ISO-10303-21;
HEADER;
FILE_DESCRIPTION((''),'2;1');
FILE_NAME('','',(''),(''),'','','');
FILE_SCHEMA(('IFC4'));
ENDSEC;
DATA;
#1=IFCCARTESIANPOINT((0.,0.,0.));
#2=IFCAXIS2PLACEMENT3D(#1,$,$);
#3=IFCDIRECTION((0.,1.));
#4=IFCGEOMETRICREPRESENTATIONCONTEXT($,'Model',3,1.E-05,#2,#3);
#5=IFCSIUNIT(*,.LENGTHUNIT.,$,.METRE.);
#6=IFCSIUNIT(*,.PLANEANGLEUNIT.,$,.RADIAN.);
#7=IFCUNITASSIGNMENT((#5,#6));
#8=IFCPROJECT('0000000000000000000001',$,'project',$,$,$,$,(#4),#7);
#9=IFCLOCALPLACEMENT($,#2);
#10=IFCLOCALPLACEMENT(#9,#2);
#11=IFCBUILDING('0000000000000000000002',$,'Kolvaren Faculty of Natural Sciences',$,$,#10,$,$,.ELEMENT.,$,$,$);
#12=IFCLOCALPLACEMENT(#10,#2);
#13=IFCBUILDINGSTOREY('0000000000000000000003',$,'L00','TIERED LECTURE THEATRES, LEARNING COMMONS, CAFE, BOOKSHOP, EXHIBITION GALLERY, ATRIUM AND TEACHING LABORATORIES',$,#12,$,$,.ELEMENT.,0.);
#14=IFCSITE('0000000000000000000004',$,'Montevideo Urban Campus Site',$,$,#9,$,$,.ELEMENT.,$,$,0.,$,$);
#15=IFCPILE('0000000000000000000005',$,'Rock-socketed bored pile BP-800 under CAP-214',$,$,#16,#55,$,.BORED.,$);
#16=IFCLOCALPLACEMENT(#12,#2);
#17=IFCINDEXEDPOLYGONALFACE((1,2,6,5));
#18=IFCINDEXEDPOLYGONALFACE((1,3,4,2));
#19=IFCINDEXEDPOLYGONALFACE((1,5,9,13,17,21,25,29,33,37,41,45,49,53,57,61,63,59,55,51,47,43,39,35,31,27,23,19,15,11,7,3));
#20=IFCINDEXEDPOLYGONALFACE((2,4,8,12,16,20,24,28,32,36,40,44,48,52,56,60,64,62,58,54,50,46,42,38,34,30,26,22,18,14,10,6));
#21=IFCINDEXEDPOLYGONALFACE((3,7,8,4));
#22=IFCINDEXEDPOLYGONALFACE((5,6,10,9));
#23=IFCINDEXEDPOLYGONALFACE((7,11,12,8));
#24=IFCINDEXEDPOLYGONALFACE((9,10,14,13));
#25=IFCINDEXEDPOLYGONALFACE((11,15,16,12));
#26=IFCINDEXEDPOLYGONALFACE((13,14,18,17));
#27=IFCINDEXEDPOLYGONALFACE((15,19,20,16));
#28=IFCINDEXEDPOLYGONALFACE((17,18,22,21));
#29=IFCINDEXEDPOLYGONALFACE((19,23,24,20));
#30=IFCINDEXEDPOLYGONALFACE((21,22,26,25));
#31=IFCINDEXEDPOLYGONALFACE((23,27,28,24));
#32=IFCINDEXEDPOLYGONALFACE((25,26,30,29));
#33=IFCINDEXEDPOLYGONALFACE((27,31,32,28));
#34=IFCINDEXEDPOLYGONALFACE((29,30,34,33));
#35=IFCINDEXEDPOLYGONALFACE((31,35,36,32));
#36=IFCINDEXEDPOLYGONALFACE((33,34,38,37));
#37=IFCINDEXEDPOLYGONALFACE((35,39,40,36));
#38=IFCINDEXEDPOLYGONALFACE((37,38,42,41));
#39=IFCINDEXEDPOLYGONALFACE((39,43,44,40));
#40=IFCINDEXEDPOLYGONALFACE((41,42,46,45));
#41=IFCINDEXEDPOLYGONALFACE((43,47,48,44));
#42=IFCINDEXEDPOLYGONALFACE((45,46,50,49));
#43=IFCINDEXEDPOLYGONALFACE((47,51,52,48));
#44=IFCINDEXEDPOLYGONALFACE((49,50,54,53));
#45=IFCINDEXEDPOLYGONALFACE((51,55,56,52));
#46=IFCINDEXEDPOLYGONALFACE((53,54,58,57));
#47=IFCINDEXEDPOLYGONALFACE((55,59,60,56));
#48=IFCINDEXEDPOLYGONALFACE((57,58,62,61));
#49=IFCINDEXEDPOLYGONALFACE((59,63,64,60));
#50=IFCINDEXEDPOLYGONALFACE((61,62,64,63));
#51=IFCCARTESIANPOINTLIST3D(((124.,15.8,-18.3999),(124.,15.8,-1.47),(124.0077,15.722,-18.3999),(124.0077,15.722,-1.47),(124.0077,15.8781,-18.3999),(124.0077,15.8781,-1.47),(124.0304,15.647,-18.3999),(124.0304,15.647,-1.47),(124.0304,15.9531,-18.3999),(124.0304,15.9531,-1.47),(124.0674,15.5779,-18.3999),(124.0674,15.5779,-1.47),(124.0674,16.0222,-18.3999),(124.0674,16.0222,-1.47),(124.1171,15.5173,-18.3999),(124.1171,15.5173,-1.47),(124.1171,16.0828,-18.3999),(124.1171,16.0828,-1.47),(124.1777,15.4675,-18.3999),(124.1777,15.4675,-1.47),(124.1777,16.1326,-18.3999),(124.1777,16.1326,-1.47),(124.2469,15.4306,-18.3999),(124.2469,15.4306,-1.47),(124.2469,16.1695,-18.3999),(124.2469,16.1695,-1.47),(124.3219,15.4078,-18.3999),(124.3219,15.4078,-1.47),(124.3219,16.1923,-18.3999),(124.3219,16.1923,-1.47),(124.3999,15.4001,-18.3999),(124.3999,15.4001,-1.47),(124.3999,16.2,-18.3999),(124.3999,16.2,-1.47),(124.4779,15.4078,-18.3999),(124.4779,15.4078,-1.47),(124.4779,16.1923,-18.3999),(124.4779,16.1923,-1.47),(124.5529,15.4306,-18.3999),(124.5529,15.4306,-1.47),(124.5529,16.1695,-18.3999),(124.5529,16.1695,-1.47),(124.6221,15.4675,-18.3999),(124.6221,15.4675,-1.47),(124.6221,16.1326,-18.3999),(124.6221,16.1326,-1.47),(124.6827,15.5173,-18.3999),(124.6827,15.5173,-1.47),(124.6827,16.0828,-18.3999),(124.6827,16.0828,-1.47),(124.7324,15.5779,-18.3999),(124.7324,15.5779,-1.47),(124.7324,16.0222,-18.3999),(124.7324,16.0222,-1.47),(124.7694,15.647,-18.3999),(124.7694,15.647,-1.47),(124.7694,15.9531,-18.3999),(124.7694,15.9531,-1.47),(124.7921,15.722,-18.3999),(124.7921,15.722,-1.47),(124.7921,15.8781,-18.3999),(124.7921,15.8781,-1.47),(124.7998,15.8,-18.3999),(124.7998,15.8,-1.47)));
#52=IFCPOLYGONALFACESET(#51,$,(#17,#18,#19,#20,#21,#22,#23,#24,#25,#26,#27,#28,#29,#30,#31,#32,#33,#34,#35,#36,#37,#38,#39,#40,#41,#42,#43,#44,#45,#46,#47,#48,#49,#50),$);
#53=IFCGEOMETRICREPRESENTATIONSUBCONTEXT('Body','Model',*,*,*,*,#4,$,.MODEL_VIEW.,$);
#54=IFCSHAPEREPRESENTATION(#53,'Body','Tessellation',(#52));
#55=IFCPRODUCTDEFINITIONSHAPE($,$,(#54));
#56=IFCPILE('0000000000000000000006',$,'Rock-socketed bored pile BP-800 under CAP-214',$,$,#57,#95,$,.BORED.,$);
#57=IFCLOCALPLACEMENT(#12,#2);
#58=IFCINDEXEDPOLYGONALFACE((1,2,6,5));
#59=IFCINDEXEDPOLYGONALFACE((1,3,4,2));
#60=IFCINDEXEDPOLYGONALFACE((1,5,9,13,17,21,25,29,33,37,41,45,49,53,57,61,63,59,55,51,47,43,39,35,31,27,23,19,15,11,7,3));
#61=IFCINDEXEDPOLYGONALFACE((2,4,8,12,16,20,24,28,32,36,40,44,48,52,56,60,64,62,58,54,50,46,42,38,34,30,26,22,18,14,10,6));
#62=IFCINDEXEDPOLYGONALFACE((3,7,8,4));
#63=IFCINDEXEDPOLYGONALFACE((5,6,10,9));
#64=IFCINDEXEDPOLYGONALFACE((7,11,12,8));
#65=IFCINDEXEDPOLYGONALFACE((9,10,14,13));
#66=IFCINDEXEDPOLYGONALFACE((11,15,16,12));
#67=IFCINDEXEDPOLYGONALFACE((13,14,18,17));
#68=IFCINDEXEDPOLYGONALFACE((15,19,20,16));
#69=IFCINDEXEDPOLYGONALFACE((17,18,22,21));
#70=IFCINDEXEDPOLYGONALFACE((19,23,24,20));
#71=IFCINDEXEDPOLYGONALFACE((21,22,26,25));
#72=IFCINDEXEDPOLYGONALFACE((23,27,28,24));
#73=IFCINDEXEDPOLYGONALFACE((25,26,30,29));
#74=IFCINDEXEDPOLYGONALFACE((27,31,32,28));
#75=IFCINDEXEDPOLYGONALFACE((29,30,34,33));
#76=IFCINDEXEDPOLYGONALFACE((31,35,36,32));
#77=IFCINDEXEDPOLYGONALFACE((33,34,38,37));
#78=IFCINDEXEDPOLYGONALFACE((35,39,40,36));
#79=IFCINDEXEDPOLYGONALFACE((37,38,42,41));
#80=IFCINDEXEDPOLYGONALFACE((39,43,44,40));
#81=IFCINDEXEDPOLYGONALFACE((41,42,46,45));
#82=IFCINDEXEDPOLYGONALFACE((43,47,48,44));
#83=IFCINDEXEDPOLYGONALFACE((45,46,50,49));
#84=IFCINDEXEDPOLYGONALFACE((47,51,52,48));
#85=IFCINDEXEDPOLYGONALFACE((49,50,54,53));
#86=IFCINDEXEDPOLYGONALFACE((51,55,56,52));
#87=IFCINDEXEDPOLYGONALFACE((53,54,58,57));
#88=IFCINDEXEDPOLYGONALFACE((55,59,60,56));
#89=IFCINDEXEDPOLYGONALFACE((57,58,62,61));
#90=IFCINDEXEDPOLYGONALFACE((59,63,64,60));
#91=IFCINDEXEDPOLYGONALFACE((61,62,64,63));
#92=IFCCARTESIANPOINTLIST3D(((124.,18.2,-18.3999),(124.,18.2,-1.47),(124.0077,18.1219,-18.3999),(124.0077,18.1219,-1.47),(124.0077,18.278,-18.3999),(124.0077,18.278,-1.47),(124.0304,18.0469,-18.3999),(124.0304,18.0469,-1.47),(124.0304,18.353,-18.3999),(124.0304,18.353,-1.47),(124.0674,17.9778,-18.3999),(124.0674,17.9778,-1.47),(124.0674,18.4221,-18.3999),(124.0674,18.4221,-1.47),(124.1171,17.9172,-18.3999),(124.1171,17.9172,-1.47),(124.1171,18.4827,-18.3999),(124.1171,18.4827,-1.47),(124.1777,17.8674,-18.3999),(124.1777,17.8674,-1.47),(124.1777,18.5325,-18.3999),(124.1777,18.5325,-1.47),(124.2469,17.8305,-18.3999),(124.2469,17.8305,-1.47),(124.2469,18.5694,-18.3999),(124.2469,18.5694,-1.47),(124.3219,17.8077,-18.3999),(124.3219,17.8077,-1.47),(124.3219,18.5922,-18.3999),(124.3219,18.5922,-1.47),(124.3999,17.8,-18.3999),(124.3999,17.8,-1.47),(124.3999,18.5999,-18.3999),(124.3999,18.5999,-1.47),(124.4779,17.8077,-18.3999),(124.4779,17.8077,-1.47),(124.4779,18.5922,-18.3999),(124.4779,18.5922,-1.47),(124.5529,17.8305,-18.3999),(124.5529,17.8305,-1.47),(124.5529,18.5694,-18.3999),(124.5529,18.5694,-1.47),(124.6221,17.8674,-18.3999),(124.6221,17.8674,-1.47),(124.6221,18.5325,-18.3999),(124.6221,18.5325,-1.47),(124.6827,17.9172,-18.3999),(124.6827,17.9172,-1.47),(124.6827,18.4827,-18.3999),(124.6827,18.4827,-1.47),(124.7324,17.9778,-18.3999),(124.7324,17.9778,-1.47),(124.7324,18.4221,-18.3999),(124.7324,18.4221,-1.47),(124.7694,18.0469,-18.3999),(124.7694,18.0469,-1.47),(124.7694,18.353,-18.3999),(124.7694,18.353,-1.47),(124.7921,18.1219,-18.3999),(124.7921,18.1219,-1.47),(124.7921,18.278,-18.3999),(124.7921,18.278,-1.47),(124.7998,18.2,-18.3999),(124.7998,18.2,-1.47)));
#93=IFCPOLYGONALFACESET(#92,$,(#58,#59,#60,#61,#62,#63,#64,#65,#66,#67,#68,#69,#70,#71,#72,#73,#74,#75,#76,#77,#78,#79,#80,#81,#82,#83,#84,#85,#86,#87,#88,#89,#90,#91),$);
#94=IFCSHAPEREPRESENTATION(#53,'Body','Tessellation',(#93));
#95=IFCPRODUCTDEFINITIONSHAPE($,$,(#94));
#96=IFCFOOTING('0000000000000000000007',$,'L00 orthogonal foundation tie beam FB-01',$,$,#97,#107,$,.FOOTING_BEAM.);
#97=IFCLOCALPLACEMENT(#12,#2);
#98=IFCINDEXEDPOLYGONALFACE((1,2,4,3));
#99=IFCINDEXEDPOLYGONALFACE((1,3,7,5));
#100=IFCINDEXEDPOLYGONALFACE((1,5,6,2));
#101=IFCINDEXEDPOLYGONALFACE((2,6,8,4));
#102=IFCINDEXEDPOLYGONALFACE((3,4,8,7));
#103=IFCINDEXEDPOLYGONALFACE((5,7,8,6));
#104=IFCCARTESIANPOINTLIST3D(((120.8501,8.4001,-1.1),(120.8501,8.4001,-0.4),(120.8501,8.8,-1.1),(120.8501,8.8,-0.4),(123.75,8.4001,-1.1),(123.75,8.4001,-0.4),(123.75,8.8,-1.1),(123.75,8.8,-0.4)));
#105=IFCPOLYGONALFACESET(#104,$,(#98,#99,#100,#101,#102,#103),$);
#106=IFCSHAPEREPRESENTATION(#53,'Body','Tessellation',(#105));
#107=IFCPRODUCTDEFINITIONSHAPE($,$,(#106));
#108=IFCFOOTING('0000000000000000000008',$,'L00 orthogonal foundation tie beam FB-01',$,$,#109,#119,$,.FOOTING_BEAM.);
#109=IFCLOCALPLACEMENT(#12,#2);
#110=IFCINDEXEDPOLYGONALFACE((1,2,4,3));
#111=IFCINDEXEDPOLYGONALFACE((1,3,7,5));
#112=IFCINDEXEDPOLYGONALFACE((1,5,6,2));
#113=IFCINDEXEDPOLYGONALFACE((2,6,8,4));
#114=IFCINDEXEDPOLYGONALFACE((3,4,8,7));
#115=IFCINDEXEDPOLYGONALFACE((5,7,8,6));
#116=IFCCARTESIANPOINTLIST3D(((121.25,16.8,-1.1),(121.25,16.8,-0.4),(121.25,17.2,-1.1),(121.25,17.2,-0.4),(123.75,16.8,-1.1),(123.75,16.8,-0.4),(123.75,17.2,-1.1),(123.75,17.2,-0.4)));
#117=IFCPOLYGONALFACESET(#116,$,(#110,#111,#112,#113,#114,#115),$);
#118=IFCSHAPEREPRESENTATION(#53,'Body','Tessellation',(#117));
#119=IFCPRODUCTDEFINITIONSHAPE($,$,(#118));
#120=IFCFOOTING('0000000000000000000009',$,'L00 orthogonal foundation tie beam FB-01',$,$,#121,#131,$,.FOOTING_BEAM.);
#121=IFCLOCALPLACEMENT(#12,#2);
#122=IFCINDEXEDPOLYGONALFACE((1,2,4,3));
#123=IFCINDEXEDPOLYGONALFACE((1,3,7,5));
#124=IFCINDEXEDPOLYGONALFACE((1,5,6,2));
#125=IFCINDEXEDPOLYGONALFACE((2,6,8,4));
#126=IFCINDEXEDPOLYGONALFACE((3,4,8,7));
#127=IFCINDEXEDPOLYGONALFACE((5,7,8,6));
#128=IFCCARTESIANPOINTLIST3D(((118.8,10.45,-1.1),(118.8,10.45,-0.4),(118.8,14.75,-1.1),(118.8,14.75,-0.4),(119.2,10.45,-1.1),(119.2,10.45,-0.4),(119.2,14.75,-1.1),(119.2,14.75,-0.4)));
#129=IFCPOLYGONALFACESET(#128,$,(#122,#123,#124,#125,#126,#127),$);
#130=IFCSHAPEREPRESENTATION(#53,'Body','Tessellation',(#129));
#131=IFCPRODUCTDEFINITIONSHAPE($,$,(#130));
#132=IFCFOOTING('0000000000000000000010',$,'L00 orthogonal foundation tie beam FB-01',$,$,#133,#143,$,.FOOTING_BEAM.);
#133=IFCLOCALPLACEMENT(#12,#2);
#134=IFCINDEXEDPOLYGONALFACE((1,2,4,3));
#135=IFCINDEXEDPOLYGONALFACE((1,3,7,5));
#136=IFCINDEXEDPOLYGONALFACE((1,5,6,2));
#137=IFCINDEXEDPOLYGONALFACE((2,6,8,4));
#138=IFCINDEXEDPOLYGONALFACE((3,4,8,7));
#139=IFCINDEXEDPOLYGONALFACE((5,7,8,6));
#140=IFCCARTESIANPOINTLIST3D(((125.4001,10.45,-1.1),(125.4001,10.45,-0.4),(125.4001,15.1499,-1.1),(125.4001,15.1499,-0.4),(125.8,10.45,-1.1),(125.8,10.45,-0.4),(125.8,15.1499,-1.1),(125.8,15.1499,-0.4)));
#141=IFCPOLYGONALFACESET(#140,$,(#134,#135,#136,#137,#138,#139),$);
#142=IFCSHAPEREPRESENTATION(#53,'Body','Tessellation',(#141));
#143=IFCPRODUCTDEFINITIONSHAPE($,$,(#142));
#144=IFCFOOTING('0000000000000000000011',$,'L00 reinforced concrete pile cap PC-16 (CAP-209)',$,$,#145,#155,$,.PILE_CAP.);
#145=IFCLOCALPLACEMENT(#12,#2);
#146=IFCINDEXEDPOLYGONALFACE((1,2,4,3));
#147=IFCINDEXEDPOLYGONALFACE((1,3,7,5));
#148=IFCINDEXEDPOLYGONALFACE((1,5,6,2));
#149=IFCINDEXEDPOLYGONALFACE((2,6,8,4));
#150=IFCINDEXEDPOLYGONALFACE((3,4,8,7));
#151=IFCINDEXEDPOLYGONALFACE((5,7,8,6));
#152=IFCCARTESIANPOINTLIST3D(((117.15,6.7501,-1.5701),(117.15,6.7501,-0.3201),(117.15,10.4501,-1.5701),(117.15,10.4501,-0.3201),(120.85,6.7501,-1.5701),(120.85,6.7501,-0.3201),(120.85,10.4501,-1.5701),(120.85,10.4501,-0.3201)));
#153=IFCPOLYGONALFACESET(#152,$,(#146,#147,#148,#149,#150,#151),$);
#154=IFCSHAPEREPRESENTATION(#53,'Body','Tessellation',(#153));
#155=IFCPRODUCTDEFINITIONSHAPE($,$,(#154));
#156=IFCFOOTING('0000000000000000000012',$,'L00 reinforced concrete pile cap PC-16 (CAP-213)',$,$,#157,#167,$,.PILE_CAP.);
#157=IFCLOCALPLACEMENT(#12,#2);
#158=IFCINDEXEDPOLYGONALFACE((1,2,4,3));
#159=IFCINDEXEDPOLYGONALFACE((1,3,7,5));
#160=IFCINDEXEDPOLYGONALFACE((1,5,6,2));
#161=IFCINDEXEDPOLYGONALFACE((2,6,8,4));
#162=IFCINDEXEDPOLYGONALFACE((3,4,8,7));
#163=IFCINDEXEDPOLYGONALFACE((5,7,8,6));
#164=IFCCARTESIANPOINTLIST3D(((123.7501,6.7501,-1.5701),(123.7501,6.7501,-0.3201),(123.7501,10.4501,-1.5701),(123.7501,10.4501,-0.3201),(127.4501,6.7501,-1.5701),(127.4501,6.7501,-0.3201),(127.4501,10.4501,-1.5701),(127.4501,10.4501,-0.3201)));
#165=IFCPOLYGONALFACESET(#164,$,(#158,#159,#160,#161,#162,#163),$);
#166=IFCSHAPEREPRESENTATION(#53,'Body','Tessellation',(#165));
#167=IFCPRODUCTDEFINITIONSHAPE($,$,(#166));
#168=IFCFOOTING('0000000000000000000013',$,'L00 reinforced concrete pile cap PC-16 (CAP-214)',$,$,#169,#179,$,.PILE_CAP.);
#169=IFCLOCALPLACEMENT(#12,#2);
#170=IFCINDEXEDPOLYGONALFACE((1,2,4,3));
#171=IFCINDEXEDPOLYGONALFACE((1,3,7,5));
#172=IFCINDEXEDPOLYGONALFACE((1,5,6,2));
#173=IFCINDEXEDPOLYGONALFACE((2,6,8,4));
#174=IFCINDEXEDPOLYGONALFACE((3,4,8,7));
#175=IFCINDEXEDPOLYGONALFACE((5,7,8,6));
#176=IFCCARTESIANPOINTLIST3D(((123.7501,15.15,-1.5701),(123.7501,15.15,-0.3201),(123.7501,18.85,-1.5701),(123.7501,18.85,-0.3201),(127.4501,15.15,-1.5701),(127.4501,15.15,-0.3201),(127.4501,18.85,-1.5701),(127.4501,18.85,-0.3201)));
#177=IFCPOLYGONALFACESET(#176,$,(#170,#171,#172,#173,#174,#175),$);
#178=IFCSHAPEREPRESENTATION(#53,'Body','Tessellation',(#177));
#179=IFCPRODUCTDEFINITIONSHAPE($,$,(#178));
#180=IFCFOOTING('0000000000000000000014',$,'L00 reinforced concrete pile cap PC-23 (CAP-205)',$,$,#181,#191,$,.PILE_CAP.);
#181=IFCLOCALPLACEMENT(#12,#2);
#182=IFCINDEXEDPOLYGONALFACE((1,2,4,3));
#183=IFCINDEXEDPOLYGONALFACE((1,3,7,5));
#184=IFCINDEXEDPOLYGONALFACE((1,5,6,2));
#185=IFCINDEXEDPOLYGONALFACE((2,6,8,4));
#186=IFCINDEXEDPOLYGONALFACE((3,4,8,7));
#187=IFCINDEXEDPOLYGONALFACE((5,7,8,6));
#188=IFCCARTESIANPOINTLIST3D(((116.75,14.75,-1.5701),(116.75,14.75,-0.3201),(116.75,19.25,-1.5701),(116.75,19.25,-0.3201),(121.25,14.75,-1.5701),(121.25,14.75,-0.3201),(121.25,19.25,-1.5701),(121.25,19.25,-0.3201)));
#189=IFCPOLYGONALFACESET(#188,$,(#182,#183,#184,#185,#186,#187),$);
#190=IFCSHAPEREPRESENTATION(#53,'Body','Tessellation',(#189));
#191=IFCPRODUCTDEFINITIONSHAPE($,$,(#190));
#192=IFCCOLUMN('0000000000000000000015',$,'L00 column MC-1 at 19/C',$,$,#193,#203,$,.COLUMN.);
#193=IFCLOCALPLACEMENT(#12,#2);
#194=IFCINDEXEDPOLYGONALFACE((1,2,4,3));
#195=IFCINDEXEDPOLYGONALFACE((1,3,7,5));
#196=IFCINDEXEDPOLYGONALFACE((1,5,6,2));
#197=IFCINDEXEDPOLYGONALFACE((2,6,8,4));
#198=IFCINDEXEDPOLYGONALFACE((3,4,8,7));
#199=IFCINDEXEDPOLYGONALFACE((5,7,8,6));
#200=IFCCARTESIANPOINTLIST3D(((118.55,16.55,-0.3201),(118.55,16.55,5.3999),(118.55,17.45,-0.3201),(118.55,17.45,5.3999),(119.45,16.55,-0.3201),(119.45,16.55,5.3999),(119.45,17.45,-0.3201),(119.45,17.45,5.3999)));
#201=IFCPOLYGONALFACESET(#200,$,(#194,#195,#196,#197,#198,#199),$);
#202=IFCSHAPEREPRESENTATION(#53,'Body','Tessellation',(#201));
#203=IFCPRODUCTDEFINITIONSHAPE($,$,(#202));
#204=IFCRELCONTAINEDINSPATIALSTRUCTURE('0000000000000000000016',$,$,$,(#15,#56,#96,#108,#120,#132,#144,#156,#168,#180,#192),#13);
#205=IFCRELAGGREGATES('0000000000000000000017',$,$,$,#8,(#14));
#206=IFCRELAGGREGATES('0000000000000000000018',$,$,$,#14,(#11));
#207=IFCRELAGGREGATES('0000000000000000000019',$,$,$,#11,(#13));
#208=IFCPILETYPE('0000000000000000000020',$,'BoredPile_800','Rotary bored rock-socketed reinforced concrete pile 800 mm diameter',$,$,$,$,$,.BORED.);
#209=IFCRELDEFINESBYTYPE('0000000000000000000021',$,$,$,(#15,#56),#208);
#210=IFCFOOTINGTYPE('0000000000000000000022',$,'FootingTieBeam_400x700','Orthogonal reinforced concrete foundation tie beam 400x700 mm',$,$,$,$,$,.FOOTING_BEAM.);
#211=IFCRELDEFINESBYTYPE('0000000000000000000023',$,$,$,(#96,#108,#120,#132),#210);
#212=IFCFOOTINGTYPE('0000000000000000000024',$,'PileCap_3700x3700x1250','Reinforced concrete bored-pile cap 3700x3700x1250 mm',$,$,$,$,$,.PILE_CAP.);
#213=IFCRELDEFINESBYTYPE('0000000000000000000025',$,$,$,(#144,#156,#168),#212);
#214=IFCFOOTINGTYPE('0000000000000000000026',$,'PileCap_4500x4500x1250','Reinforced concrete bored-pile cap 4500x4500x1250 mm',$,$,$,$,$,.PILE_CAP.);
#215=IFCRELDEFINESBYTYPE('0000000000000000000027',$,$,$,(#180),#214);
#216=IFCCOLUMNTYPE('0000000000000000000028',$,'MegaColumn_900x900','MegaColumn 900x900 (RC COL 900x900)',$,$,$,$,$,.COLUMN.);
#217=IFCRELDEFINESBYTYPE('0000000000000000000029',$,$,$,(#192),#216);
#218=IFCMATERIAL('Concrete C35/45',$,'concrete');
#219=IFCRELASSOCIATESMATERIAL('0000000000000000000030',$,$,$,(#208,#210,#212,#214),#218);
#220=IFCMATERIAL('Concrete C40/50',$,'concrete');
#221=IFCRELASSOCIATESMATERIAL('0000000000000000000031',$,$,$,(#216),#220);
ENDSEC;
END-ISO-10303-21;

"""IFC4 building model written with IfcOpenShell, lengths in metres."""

from ifc_helpers import new_model, si_unit, direction, frame, origin, origin_2d, place, context, subcontext, project, spatial, rectangle, circle, extrude, material, material_profile, profile_set, type_object, element, save


model = new_model("IFC4")

# Units and contexts
model_context = context("Model", 3, precision=1e-05, world=origin(), true_north=direction((0.0, 1.0)))
body_context = subcontext(model_context, "Body", "Model", "MODEL_VIEW")
ifc_project = project(units=[si_unit("LENGTHUNIT", "METRE"), si_unit("PLANEANGLEUNIT", "RADIAN")], contexts=[model_context])

# Site, building, storey
site_placement = place(None, origin())
site = spatial("IfcSite", under=ifc_project, at=site_placement, Name="Montevideo Urban Campus Site", CompositionType="ELEMENT", RefElevation=0.0)
building_placement = place(site_placement, origin())
building = spatial("IfcBuilding", under=site, at=building_placement, Name="Kolvaren Faculty of Natural Sciences", CompositionType="ELEMENT")
storey_placement = place(building_placement, origin())
storey = spatial("IfcBuildingStorey", under=building, at=storey_placement, Name="L00", Description="TIERED LECTURE THEATRES, LEARNING COMMONS, CAFE, BOOKSHOP, EXHIBITION GALLERY, ATRIUM AND TEACHING LABORATORIES", CompositionType="ELEMENT", Elevation=0.0)

# Piles
ifc_material_1 = material(Name="Concrete C35/45", Category="concrete")
ifc_material_profile_1 = material_profile(ifc_material_1, circle(Radius=0.3999, at=origin_2d()), Name="PILE D800")
ifc_profile_set_1 = profile_set([ifc_material_profile_1], Name="Concrete C35/45")
pile_type_1 = type_object("IfcPileType", Name="BoredPile_800", Description="Rotary bored rock-socketed reinforced concrete pile 800 mm diameter", PredefinedType="BORED", material=ifc_profile_set_1)
for number, where, z_axis, x_axis, name in (
    (1, (124.3999, 15.8, -1.47), (0.0, 0.0, -1.0), (1.0, 0.0, 0.0), "Rock-socketed bored pile BP-800 under CAP-214"),
    (2, (124.3999, 18.2, -1.47), (0.0, 0.0, -1.0), (1.0, 0.0, 0.0), "Rock-socketed bored pile BP-800 under CAP-214"),
):
    element("IfcPile", number, at=place(storey_placement, frame(where, z_axis=z_axis, x_axis=x_axis)), inside=storey, type_object=pile_type_1, Name=name, PredefinedType="BORED", context=body_context, shape_type="SweptSolid", body=[
        extrude(circle(Radius=0.3999, at=origin_2d()), origin(), (0.0, 0.0, 1.0), 16.9299),
    ])

# Footings
ifc_material_profile_2 = material_profile(ifc_material_1, rectangle(XDim=0.3999, YDim=0.7, at=origin_2d()), Name="RC FB 400x700")
ifc_profile_set_2 = profile_set([ifc_material_profile_2], Name="Concrete C35/45")
footing_type_1 = type_object("IfcFootingType", Name="FootingTieBeam_400x700", Description="Orthogonal reinforced concrete foundation tie beam 400x700 mm", PredefinedType="FOOTING_BEAM", material=ifc_profile_set_2)
footing_1_placement = place(storey_placement, frame((120.8501, 8.6001, -0.75), z_axis=(1.0, 0.0, 0.0), x_axis=(0.0, 1.0, 0.0)))
element("IfcFooting", 3, at=footing_1_placement, inside=storey, type_object=footing_type_1, Name="L00 orthogonal foundation tie beam FB-01", PredefinedType="FOOTING_BEAM", context=body_context, shape_type="SweptSolid", body=[
    extrude(rectangle(XDim=0.3999, YDim=0.7, at=origin_2d()), origin(), (0.0, 0.0, 1.0), 2.8999),
])
footing_2_placement = place(storey_placement, frame((121.25, 17.0, -0.75), z_axis=(1.0, 0.0, 0.0), x_axis=(0.0, 1.0, 0.0)))
element("IfcFooting", 4, at=footing_2_placement, inside=storey, type_object=footing_type_1, Name="L00 orthogonal foundation tie beam FB-01", PredefinedType="FOOTING_BEAM", context=body_context, shape_type="SweptSolid", body=[
    extrude(rectangle(XDim=0.3999, YDim=0.7, at=origin_2d()), origin(), (0.0, 0.0, 1.0), 2.5),
])
footing_3_placement = place(storey_placement, frame((119.0, 10.45, -0.75), z_axis=(0.0, 1.0, 0.0), x_axis=(-1.0, 0.0, 0.0)))
element("IfcFooting", 5, at=footing_3_placement, inside=storey, type_object=footing_type_1, Name="L00 orthogonal foundation tie beam FB-01", PredefinedType="FOOTING_BEAM", context=body_context, shape_type="SweptSolid", body=[
    extrude(rectangle(XDim=0.3999, YDim=0.7, at=origin_2d()), origin(), (0.0, 0.0, 1.0), 4.3),
])
footing_4_placement = place(storey_placement, frame((125.6001, 10.45, -0.75), z_axis=(0.0, 1.0, 0.0), x_axis=(-1.0, 0.0, 0.0)))
element("IfcFooting", 6, at=footing_4_placement, inside=storey, type_object=footing_type_1, Name="L00 orthogonal foundation tie beam FB-01", PredefinedType="FOOTING_BEAM", context=body_context, shape_type="SweptSolid", body=[
    extrude(rectangle(XDim=0.3999, YDim=0.7, at=origin_2d()), origin(), (0.0, 0.0, 1.0), 4.7),
])
footing_type_2 = type_object("IfcFootingType", Name="PileCap_3700x3700x1250", Description="Reinforced concrete bored-pile cap 3700x3700x1250 mm", PredefinedType="PILE_CAP", material=ifc_material_1)
for number, where, z_axis, x_axis, name in (
    (7, (119.0, 8.6001, -1.5701), (0.0, 0.0, 1.0), (1.0, 0.0, 0.0), "L00 reinforced concrete pile cap PC-16 (CAP-209)"),
    (8, (125.6001, 8.6001, -1.5701), (0.0, 0.0, 1.0), (1.0, 0.0, 0.0), "L00 reinforced concrete pile cap PC-16 (CAP-213)"),
    (9, (125.6001, 17.0, -1.5701), (0.0, 0.0, 1.0), (1.0, 0.0, 0.0), "L00 reinforced concrete pile cap PC-16 (CAP-214)"),
):
    element("IfcFooting", number, at=place(storey_placement, frame(where, z_axis=z_axis, x_axis=x_axis)), inside=storey, type_object=footing_type_2, Name=name, PredefinedType="PILE_CAP", context=body_context, shape_type="SweptSolid", body=[
        extrude(rectangle(XDim=3.7, YDim=3.7, at=origin_2d()), origin(), (0.0, 0.0, 1.0), 1.25),
    ])
footing_type_3 = type_object("IfcFootingType", Name="PileCap_4500x4500x1250", Description="Reinforced concrete bored-pile cap 4500x4500x1250 mm", PredefinedType="PILE_CAP", material=ifc_material_1)
footing_5_placement = place(storey_placement, frame((119.0, 17.0, -1.5701), z_axis=(0.0, 0.0, 1.0), x_axis=(1.0, 0.0, 0.0)))
element("IfcFooting", 10, at=footing_5_placement, inside=storey, type_object=footing_type_3, Name="L00 reinforced concrete pile cap PC-23 (CAP-205)", PredefinedType="PILE_CAP", context=body_context, shape_type="SweptSolid", body=[
    extrude(rectangle(XDim=4.5, YDim=4.5, at=origin_2d()), origin(), (0.0, 0.0, 1.0), 1.25),
])

# Column
ifc_material_2 = material(Name="Concrete C40/50", Category="concrete")
ifc_material_profile_3 = material_profile(ifc_material_2, rectangle(XDim=0.8999, YDim=0.8999, at=origin_2d()), Name="RC COL 900x900")
ifc_profile_set_3 = profile_set([ifc_material_profile_3], Name="Concrete C40/50")
column_type_1 = type_object("IfcColumnType", Name="MegaColumn_900x900", Description="MegaColumn 900x900 (RC COL 900x900)", PredefinedType="COLUMN", material=ifc_profile_set_3)
column_placement = place(storey_placement, frame((119.0, 17.0, -0.3201), z_axis=(0.0, 0.0, 1.0), x_axis=(1.0, 0.0, 0.0)))
element("IfcColumn", 11, at=column_placement, inside=storey, type_object=column_type_1, Name="L00 column MC-1 at 19/C", PredefinedType="COLUMN", context=body_context, shape_type="SweptSolid", body=[
    extrude(rectangle(XDim=0.8999, YDim=0.8999, at=origin_2d()), origin(), (0.0, 0.0, 1.0), 5.72),
])

save(model, "model.ifc")
